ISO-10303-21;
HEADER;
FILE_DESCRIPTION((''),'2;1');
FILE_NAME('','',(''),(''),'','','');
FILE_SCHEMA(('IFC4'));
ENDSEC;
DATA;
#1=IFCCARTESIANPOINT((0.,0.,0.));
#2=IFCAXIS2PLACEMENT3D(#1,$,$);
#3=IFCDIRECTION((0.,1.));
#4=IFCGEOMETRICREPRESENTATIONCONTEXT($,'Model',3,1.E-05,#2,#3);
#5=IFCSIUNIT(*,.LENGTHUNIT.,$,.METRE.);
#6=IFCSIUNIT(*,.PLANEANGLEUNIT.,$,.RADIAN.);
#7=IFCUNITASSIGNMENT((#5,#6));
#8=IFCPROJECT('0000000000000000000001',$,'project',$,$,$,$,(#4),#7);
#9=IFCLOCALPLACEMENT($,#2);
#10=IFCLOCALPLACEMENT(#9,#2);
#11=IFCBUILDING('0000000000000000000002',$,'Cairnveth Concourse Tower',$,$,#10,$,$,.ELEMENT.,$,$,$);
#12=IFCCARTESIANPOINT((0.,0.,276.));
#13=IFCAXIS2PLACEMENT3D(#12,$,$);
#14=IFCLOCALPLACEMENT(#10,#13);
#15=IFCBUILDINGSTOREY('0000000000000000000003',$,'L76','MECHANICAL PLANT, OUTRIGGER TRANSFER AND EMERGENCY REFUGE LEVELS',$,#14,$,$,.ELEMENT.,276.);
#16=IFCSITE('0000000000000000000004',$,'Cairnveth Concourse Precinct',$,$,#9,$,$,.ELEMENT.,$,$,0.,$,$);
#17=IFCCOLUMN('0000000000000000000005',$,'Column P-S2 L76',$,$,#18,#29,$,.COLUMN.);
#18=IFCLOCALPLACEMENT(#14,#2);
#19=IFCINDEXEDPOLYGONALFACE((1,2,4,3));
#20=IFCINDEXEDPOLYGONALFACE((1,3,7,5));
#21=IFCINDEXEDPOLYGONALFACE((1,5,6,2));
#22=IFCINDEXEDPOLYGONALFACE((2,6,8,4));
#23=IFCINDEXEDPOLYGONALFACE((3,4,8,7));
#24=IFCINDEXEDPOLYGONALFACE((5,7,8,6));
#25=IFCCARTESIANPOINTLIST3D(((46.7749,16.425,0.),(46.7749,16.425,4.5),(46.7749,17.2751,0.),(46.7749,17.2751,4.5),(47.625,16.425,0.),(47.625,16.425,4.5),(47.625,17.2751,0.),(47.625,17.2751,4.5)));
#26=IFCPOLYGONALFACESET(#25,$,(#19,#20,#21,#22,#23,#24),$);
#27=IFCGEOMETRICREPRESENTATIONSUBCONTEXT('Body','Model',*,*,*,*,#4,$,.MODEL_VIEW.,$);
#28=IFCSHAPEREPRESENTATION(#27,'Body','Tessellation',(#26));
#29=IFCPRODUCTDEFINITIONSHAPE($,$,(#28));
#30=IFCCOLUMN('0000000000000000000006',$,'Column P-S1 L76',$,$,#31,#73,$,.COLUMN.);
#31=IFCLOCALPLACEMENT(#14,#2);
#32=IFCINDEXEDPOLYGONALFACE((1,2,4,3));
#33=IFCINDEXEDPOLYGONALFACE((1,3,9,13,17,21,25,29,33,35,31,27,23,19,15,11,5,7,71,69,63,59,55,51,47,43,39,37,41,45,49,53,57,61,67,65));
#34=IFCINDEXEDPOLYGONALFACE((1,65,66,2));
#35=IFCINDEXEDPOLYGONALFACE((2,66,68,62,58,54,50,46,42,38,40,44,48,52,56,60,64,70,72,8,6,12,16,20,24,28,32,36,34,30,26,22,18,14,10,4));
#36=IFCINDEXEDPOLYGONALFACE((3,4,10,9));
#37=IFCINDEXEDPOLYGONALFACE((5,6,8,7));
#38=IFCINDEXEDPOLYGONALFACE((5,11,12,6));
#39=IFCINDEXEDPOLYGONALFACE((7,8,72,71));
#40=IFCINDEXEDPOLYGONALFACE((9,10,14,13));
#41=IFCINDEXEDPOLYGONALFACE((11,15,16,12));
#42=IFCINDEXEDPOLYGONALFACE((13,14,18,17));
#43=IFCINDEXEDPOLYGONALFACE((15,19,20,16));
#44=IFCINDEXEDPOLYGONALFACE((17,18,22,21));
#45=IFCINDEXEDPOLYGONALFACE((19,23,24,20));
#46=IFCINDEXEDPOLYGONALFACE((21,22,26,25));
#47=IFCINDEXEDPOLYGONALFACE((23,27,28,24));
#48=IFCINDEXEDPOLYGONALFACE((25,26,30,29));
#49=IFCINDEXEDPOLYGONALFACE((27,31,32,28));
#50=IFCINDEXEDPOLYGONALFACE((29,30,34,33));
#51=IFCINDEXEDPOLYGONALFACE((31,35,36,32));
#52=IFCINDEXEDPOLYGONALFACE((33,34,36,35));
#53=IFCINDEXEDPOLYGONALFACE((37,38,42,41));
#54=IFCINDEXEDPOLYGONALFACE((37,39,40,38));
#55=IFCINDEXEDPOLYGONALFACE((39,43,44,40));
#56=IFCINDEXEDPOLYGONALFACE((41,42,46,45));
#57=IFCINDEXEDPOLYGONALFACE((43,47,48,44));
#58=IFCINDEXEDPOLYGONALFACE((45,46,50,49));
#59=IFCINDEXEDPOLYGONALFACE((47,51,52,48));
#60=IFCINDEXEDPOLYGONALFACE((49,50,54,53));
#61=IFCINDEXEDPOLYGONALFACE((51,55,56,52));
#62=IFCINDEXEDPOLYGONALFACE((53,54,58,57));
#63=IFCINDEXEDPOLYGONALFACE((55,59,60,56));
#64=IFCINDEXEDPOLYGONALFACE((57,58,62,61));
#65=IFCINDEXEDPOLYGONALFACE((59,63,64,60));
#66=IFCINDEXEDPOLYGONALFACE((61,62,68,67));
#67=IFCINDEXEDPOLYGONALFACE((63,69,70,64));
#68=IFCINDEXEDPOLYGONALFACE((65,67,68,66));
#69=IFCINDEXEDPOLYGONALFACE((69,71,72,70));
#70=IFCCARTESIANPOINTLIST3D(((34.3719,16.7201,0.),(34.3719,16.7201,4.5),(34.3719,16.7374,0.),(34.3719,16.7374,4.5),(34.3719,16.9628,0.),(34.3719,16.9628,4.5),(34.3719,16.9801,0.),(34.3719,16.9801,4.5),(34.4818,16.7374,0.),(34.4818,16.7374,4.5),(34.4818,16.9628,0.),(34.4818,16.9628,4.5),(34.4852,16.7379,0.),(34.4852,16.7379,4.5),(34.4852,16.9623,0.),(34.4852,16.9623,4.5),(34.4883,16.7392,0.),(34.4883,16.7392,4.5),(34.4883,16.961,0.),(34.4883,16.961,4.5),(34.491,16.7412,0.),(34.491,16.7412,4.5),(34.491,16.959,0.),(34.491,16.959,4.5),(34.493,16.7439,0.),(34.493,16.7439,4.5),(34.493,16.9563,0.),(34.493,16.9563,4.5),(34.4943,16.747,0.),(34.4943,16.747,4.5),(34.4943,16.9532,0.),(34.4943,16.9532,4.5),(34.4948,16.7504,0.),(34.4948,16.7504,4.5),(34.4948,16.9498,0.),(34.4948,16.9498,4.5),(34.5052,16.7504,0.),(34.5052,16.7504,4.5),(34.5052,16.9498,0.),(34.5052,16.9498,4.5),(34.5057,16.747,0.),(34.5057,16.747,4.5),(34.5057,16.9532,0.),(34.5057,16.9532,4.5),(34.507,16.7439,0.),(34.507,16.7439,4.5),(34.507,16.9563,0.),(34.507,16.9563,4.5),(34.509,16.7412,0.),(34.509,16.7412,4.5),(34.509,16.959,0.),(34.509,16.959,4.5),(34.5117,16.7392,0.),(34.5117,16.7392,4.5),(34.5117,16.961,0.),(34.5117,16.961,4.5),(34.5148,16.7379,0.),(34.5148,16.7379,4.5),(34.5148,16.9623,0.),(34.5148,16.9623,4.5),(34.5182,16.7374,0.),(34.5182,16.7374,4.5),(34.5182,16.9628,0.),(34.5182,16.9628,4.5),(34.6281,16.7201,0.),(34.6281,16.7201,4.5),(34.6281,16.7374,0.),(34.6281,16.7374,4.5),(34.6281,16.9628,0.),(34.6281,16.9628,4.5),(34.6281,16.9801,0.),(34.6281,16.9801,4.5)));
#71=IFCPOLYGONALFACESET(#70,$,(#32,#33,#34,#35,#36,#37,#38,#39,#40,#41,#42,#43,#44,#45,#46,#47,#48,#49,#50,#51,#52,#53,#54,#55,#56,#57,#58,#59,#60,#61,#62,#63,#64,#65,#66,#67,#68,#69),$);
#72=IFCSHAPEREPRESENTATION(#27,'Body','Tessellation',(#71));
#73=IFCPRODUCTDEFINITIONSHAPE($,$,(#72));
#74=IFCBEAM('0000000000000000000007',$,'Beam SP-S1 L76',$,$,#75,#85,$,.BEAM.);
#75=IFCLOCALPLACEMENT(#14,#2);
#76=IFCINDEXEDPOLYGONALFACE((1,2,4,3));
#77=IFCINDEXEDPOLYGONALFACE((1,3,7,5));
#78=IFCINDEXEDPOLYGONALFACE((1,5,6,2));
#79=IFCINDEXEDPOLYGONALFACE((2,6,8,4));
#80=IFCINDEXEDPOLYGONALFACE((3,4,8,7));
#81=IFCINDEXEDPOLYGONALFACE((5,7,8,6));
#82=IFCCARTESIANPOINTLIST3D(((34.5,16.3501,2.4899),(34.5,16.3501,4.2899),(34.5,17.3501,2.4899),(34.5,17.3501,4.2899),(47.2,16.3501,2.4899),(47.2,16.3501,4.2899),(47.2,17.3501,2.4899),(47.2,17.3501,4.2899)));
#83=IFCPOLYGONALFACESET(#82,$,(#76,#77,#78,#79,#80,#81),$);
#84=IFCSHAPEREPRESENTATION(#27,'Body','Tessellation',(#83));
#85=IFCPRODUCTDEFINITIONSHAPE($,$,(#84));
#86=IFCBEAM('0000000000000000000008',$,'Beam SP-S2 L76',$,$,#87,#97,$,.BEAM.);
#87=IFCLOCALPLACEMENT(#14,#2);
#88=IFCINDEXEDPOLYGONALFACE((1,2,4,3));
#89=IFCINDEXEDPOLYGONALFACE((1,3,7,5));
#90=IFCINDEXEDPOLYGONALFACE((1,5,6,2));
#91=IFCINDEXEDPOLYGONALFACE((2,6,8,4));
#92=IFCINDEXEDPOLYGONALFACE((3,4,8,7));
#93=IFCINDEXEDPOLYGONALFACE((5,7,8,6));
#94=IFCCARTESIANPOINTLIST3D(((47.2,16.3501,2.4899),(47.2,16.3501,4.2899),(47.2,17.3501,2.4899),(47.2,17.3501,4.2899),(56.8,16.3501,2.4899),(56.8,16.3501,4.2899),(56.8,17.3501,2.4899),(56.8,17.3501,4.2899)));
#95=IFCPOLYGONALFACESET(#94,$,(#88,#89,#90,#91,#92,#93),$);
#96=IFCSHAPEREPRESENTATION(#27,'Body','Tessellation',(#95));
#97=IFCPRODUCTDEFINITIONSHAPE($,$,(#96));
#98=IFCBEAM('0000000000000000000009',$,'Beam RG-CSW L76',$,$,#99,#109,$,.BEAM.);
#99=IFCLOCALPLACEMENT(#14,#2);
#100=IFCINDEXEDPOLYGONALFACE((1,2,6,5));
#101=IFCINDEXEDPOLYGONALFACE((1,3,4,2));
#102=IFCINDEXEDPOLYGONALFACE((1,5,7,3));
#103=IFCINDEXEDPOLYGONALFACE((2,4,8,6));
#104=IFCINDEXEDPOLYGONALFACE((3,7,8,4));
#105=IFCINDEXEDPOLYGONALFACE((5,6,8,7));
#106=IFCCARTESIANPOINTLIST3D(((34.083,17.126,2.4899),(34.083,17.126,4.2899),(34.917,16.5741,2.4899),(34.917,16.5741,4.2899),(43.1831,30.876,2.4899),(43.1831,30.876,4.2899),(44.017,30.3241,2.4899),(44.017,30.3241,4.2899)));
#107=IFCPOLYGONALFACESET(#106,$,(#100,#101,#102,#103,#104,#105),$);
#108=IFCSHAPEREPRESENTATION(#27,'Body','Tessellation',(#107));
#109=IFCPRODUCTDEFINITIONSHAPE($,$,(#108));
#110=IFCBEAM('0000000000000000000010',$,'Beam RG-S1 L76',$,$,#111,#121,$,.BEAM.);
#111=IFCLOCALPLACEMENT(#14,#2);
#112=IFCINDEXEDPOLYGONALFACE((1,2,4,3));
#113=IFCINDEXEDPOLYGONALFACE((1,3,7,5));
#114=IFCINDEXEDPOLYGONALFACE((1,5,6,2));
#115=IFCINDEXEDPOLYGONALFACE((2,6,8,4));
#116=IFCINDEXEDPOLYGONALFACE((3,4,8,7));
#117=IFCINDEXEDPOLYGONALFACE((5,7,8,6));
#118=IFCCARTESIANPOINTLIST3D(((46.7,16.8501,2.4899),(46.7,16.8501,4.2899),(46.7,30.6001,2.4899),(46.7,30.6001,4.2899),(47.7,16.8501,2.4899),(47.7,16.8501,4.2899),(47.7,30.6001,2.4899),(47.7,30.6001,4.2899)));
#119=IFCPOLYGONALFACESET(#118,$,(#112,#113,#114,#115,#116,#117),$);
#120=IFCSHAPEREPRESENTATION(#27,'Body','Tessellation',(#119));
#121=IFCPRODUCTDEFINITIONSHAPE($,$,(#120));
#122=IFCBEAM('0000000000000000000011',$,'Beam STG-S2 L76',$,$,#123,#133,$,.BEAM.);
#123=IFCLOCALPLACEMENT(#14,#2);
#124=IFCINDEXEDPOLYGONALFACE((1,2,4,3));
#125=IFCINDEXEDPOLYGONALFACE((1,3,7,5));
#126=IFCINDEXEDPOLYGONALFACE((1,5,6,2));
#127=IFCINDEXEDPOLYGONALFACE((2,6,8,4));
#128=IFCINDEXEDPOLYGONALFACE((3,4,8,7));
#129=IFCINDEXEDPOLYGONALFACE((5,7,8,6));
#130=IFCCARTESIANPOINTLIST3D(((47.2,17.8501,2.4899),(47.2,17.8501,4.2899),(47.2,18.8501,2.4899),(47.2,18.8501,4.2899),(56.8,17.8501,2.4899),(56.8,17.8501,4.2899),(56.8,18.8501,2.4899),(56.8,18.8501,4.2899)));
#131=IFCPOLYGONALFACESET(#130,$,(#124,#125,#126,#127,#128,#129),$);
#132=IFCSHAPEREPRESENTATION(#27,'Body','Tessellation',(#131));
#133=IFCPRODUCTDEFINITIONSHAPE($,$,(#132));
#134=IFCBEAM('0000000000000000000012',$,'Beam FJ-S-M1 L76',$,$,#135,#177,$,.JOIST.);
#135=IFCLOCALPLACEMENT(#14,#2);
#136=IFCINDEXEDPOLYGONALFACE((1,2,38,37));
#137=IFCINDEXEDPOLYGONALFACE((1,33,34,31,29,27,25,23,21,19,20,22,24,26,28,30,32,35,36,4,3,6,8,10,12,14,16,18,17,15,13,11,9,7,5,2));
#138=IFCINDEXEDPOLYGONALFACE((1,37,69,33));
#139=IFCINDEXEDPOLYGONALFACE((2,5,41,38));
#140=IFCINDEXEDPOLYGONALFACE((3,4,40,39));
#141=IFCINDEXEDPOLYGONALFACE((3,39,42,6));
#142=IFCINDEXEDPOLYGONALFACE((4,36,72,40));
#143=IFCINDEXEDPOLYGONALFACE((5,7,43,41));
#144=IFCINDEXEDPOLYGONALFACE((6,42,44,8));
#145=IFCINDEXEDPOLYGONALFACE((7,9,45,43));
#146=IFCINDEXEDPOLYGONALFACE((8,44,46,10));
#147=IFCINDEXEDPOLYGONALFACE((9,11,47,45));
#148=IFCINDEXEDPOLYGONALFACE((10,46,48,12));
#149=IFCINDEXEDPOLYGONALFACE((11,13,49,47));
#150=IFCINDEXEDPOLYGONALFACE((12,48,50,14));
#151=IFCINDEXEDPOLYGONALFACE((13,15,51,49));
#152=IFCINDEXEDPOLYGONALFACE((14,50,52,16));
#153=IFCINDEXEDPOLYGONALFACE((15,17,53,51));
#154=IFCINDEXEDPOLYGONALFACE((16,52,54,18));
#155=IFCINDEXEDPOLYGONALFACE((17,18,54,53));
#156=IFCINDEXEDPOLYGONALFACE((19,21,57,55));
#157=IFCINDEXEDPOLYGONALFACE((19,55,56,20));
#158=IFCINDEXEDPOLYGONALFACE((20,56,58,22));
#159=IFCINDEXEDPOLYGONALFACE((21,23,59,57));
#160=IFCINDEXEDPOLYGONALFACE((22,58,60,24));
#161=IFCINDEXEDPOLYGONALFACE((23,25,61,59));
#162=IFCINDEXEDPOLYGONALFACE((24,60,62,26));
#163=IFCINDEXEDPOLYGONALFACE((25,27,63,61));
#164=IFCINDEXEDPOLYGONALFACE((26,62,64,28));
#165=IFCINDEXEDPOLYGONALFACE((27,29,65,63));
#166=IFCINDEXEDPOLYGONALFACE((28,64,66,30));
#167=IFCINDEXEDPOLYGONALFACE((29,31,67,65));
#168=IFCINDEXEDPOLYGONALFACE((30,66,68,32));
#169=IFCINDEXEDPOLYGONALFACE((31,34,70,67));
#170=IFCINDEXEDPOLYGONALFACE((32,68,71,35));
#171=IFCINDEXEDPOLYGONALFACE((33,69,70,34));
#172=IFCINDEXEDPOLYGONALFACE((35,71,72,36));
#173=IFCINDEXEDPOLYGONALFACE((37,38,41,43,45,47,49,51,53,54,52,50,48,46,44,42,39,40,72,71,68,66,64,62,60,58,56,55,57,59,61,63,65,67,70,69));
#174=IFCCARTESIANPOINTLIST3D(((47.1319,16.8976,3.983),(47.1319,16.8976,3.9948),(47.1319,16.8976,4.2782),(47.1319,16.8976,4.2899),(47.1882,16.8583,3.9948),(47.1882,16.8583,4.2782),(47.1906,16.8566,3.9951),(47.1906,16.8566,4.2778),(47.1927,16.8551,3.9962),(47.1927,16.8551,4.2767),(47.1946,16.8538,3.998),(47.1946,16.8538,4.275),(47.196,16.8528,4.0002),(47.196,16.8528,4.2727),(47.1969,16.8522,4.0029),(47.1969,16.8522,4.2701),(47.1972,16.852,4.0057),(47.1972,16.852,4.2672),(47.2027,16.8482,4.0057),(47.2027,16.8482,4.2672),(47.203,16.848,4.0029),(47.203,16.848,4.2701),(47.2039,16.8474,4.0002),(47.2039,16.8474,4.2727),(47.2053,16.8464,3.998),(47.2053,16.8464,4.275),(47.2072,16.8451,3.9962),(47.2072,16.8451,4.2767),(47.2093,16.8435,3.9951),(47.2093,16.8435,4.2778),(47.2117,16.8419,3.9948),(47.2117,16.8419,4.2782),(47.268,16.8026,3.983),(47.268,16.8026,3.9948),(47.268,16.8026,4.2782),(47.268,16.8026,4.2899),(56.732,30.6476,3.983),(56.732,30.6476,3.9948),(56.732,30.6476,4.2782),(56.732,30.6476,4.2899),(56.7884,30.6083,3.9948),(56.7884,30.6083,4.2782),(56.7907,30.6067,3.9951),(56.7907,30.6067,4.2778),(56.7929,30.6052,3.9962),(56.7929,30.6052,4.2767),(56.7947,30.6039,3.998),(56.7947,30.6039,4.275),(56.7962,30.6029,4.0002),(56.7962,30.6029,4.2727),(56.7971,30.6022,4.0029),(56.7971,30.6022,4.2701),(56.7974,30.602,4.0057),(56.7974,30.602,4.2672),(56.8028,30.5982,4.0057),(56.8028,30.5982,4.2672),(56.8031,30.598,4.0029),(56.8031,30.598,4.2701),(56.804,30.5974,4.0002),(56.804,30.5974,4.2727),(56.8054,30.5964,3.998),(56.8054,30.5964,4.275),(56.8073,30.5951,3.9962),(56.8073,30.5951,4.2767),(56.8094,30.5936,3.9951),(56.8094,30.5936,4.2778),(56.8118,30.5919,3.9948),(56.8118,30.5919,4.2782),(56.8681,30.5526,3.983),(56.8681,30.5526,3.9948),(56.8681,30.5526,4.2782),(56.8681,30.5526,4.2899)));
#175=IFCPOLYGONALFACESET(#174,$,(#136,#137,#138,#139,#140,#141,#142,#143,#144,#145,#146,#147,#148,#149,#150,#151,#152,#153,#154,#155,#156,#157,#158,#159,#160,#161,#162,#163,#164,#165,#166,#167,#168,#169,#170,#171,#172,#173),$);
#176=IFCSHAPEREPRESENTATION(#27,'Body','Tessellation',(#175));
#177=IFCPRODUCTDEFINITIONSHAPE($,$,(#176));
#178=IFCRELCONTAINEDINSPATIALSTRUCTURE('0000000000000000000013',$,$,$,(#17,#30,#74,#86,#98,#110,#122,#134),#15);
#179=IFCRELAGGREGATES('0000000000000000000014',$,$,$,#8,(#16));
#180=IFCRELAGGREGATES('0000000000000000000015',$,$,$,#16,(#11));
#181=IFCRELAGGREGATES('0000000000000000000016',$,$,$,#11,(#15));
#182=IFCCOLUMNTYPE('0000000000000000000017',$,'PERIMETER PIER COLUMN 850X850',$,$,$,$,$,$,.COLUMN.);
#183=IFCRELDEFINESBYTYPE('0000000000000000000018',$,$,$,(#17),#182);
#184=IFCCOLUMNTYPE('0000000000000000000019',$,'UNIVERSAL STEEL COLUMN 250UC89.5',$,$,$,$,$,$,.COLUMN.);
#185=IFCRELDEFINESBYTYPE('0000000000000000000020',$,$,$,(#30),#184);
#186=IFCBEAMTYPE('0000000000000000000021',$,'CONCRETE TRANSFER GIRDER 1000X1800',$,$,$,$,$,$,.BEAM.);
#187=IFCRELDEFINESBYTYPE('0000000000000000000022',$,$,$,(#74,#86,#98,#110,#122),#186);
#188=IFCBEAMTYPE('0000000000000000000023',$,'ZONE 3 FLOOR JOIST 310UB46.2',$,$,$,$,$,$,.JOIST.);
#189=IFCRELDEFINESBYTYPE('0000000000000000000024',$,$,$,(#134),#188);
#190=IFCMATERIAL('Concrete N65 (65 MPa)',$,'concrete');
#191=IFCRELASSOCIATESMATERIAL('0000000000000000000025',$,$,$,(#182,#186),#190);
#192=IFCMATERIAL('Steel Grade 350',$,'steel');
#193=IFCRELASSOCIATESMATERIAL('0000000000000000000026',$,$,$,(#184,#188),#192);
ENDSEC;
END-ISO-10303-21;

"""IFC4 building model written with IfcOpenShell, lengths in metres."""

from ifc_helpers import new_model, si_unit, direction, frame, origin, origin_2d, place, context, subcontext, project, spatial, rectangle, i_section, extrude, material, material_profile, profile_set, type_object, element, save


model = new_model("IFC4")

# Units and contexts
model_context = context("Model", 3, precision=1e-05, world=origin(), true_north=direction((0.0, 1.0)))
body_context = subcontext(model_context, "Body", "Model", "MODEL_VIEW")
ifc_project = project(units=[si_unit("LENGTHUNIT", "METRE"), si_unit("PLANEANGLEUNIT", "RADIAN")], contexts=[model_context])

# Site, building, storey
site_placement = place(None, origin())
site = spatial("IfcSite", under=ifc_project, at=site_placement, Name="Cairnveth Concourse Precinct", CompositionType="ELEMENT", RefElevation=0.0)
building_placement = place(site_placement, origin())
building = spatial("IfcBuilding", under=site, at=building_placement, Name="Cairnveth Concourse Tower", CompositionType="ELEMENT")
storey_placement = place(building_placement, frame((0.0, 0.0, 276.0)))
storey = spatial("IfcBuildingStorey", under=building, at=storey_placement, Name="L76", Description="MECHANICAL PLANT, OUTRIGGER TRANSFER AND EMERGENCY REFUGE LEVELS", CompositionType="ELEMENT", Elevation=276.0)

# Columns
ifc_material_1 = material(Name="Concrete N65 (65 MPa)", Category="concrete")
ifc_material_profile_1 = material_profile(ifc_material_1, rectangle(XDim=0.8501, YDim=0.8501, at=origin_2d()), Name="RC-COL-850x850")
ifc_profile_set_1 = profile_set([ifc_material_profile_1], Name="Concrete N65 (65 MPa)")
column_type_1 = type_object("IfcColumnType", Name="PERIMETER PIER COLUMN 850X850", PredefinedType="COLUMN", material=ifc_profile_set_1)
column_1_placement = place(storey_placement, frame((47.2, 16.8501, 0.0), z_axis=(0.0, 0.0, 1.0), x_axis=(1.0, 0.0, 0.0)))
element("IfcColumn", 1, at=column_1_placement, inside=storey, type_object=column_type_1, Name="Column P-S2 L76", PredefinedType="COLUMN", context=body_context, shape_type="SweptSolid", body=[
    extrude(rectangle(XDim=0.8501, YDim=0.8501, at=origin_2d()), origin(), (0.0, 0.0, 1.0), 4.5),
])
ifc_material_2 = material(Name="Steel Grade 350", Category="steel")
ifc_material_profile_2 = material_profile(ifc_material_2, i_section(OverallWidth=0.2561, OverallDepth=0.26, WebThickness=0.0105, FlangeThickness=0.0173, FilletRadius=0.0129, at=origin_2d()), Name="250UC89.5")
ifc_profile_set_2 = profile_set([ifc_material_profile_2], Name="Steel Grade 350")
column_type_2 = type_object("IfcColumnType", Name="UNIVERSAL STEEL COLUMN 250UC89.5", PredefinedType="COLUMN", material=ifc_profile_set_2)
column_2_placement = place(storey_placement, frame((34.5, 16.8501, 0.0), z_axis=(0.0, 0.0, 1.0), x_axis=(1.0, 0.0, 0.0)))
element("IfcColumn", 2, at=column_2_placement, inside=storey, type_object=column_type_2, Name="Column P-S1 L76", PredefinedType="COLUMN", context=body_context, shape_type="SweptSolid", body=[
    extrude(i_section(OverallWidth=0.2561, OverallDepth=0.26, WebThickness=0.0105, FlangeThickness=0.0173, FilletRadius=0.0129, at=origin_2d()), origin(), (0.0, 0.0, 1.0), 4.5),
])

# Beams
ifc_material_profile_3 = material_profile(ifc_material_1, rectangle(XDim=1.0, YDim=1.8, at=origin_2d()), Name="RC-TB-1000x1800")
ifc_profile_set_3 = profile_set([ifc_material_profile_3], Name="Concrete N65 (65 MPa)")
beam_type_1 = type_object("IfcBeamType", Name="CONCRETE TRANSFER GIRDER 1000X1800", PredefinedType="BEAM", material=ifc_profile_set_3)
beam_1_placement = place(storey_placement, frame((34.5, 16.8501, 3.3899), z_axis=(1.0, 0.0, 0.0), x_axis=(0.0, 1.0, 0.0)))
element("IfcBeam", 3, at=beam_1_placement, inside=storey, type_object=beam_type_1, Name="Beam SP-S1 L76", PredefinedType="BEAM", context=body_context, shape_type="SweptSolid", body=[
    extrude(rectangle(XDim=1.0, YDim=1.8, at=origin_2d()), origin(), (0.0, 0.0, 1.0), 12.7),
])
beam_2_placement = place(storey_placement, frame((47.2, 16.8501, 3.3899), z_axis=(1.0, 0.0, 0.0), x_axis=(0.0, 1.0, 0.0)))
element("IfcBeam", 4, at=beam_2_placement, inside=storey, type_object=beam_type_1, Name="Beam SP-S2 L76", PredefinedType="BEAM", context=body_context, shape_type="SweptSolid", body=[
    extrude(rectangle(XDim=1.0, YDim=1.8, at=origin_2d()), origin(), (0.0, 0.0, 1.0), 9.6001),
])
beam_3_placement = place(storey_placement, frame((34.5, 16.8501, 3.3899), z_axis=(0.551902, 0.833909, 0.0), x_axis=(-0.833909, 0.551902, 0.0)))
element("IfcBeam", 5, at=beam_3_placement, inside=storey, type_object=beam_type_1, Name="Beam RG-CSW L76", PredefinedType="BEAM", context=body_context, shape_type="SweptSolid", body=[
    extrude(rectangle(XDim=1.0, YDim=1.8, at=origin_2d()), origin(), (0.0, 0.0, 1.0), 16.4885),
])
beam_4_placement = place(storey_placement, frame((47.2, 16.8501, 3.3899), z_axis=(0.0, 1.0, 0.0), x_axis=(-1.0, 0.0, 0.0)))
element("IfcBeam", 6, at=beam_4_placement, inside=storey, type_object=beam_type_1, Name="Beam RG-S1 L76", PredefinedType="BEAM", context=body_context, shape_type="SweptSolid", body=[
    extrude(rectangle(XDim=1.0, YDim=1.8, at=origin_2d()), origin(), (0.0, 0.0, 1.0), 13.75),
])
beam_5_placement = place(storey_placement, frame((47.2, 18.3501, 3.3899), z_axis=(1.0, 0.0, 0.0), x_axis=(0.0, 1.0, 0.0)))
element("IfcBeam", 7, at=beam_5_placement, inside=storey, type_object=beam_type_1, Name="Beam STG-S2 L76", PredefinedType="BEAM", context=body_context, shape_type="SweptSolid", body=[
    extrude(rectangle(XDim=1.0, YDim=1.8, at=origin_2d()), origin(), (0.0, 0.0, 1.0), 9.6001),
])
ifc_material_profile_4 = material_profile(ifc_material_2, i_section(OverallWidth=0.166, OverallDepth=0.3069, WebThickness=0.0066, FlangeThickness=0.0117, FilletRadius=0.011, at=origin_2d()), Name="310UB46.2")
ifc_profile_set_4 = profile_set([ifc_material_profile_4], Name="Steel Grade 350")
beam_type_2 = type_object("IfcBeamType", Name="ZONE 3 FLOOR JOIST 310UB46.2", PredefinedType="JOIST", material=ifc_profile_set_4)
beam_6_placement = place(storey_placement, frame((47.2, 16.8501, 4.1365), z_axis=(0.572465, 0.819929, 0.0), x_axis=(-0.819929, 0.572465, 0.0)))
element("IfcBeam", 8, at=beam_6_placement, inside=storey, type_object=beam_type_2, Name="Beam FJ-S-M1 L76", PredefinedType="JOIST", context=body_context, shape_type="SweptSolid", body=[
    extrude(i_section(OverallWidth=0.166, OverallDepth=0.3069, WebThickness=0.0066, FlangeThickness=0.0117, FilletRadius=0.011, at=origin_2d()), origin(), (0.0, 0.0, 1.0), 16.7698),
])

save(model, "model.ifc")
